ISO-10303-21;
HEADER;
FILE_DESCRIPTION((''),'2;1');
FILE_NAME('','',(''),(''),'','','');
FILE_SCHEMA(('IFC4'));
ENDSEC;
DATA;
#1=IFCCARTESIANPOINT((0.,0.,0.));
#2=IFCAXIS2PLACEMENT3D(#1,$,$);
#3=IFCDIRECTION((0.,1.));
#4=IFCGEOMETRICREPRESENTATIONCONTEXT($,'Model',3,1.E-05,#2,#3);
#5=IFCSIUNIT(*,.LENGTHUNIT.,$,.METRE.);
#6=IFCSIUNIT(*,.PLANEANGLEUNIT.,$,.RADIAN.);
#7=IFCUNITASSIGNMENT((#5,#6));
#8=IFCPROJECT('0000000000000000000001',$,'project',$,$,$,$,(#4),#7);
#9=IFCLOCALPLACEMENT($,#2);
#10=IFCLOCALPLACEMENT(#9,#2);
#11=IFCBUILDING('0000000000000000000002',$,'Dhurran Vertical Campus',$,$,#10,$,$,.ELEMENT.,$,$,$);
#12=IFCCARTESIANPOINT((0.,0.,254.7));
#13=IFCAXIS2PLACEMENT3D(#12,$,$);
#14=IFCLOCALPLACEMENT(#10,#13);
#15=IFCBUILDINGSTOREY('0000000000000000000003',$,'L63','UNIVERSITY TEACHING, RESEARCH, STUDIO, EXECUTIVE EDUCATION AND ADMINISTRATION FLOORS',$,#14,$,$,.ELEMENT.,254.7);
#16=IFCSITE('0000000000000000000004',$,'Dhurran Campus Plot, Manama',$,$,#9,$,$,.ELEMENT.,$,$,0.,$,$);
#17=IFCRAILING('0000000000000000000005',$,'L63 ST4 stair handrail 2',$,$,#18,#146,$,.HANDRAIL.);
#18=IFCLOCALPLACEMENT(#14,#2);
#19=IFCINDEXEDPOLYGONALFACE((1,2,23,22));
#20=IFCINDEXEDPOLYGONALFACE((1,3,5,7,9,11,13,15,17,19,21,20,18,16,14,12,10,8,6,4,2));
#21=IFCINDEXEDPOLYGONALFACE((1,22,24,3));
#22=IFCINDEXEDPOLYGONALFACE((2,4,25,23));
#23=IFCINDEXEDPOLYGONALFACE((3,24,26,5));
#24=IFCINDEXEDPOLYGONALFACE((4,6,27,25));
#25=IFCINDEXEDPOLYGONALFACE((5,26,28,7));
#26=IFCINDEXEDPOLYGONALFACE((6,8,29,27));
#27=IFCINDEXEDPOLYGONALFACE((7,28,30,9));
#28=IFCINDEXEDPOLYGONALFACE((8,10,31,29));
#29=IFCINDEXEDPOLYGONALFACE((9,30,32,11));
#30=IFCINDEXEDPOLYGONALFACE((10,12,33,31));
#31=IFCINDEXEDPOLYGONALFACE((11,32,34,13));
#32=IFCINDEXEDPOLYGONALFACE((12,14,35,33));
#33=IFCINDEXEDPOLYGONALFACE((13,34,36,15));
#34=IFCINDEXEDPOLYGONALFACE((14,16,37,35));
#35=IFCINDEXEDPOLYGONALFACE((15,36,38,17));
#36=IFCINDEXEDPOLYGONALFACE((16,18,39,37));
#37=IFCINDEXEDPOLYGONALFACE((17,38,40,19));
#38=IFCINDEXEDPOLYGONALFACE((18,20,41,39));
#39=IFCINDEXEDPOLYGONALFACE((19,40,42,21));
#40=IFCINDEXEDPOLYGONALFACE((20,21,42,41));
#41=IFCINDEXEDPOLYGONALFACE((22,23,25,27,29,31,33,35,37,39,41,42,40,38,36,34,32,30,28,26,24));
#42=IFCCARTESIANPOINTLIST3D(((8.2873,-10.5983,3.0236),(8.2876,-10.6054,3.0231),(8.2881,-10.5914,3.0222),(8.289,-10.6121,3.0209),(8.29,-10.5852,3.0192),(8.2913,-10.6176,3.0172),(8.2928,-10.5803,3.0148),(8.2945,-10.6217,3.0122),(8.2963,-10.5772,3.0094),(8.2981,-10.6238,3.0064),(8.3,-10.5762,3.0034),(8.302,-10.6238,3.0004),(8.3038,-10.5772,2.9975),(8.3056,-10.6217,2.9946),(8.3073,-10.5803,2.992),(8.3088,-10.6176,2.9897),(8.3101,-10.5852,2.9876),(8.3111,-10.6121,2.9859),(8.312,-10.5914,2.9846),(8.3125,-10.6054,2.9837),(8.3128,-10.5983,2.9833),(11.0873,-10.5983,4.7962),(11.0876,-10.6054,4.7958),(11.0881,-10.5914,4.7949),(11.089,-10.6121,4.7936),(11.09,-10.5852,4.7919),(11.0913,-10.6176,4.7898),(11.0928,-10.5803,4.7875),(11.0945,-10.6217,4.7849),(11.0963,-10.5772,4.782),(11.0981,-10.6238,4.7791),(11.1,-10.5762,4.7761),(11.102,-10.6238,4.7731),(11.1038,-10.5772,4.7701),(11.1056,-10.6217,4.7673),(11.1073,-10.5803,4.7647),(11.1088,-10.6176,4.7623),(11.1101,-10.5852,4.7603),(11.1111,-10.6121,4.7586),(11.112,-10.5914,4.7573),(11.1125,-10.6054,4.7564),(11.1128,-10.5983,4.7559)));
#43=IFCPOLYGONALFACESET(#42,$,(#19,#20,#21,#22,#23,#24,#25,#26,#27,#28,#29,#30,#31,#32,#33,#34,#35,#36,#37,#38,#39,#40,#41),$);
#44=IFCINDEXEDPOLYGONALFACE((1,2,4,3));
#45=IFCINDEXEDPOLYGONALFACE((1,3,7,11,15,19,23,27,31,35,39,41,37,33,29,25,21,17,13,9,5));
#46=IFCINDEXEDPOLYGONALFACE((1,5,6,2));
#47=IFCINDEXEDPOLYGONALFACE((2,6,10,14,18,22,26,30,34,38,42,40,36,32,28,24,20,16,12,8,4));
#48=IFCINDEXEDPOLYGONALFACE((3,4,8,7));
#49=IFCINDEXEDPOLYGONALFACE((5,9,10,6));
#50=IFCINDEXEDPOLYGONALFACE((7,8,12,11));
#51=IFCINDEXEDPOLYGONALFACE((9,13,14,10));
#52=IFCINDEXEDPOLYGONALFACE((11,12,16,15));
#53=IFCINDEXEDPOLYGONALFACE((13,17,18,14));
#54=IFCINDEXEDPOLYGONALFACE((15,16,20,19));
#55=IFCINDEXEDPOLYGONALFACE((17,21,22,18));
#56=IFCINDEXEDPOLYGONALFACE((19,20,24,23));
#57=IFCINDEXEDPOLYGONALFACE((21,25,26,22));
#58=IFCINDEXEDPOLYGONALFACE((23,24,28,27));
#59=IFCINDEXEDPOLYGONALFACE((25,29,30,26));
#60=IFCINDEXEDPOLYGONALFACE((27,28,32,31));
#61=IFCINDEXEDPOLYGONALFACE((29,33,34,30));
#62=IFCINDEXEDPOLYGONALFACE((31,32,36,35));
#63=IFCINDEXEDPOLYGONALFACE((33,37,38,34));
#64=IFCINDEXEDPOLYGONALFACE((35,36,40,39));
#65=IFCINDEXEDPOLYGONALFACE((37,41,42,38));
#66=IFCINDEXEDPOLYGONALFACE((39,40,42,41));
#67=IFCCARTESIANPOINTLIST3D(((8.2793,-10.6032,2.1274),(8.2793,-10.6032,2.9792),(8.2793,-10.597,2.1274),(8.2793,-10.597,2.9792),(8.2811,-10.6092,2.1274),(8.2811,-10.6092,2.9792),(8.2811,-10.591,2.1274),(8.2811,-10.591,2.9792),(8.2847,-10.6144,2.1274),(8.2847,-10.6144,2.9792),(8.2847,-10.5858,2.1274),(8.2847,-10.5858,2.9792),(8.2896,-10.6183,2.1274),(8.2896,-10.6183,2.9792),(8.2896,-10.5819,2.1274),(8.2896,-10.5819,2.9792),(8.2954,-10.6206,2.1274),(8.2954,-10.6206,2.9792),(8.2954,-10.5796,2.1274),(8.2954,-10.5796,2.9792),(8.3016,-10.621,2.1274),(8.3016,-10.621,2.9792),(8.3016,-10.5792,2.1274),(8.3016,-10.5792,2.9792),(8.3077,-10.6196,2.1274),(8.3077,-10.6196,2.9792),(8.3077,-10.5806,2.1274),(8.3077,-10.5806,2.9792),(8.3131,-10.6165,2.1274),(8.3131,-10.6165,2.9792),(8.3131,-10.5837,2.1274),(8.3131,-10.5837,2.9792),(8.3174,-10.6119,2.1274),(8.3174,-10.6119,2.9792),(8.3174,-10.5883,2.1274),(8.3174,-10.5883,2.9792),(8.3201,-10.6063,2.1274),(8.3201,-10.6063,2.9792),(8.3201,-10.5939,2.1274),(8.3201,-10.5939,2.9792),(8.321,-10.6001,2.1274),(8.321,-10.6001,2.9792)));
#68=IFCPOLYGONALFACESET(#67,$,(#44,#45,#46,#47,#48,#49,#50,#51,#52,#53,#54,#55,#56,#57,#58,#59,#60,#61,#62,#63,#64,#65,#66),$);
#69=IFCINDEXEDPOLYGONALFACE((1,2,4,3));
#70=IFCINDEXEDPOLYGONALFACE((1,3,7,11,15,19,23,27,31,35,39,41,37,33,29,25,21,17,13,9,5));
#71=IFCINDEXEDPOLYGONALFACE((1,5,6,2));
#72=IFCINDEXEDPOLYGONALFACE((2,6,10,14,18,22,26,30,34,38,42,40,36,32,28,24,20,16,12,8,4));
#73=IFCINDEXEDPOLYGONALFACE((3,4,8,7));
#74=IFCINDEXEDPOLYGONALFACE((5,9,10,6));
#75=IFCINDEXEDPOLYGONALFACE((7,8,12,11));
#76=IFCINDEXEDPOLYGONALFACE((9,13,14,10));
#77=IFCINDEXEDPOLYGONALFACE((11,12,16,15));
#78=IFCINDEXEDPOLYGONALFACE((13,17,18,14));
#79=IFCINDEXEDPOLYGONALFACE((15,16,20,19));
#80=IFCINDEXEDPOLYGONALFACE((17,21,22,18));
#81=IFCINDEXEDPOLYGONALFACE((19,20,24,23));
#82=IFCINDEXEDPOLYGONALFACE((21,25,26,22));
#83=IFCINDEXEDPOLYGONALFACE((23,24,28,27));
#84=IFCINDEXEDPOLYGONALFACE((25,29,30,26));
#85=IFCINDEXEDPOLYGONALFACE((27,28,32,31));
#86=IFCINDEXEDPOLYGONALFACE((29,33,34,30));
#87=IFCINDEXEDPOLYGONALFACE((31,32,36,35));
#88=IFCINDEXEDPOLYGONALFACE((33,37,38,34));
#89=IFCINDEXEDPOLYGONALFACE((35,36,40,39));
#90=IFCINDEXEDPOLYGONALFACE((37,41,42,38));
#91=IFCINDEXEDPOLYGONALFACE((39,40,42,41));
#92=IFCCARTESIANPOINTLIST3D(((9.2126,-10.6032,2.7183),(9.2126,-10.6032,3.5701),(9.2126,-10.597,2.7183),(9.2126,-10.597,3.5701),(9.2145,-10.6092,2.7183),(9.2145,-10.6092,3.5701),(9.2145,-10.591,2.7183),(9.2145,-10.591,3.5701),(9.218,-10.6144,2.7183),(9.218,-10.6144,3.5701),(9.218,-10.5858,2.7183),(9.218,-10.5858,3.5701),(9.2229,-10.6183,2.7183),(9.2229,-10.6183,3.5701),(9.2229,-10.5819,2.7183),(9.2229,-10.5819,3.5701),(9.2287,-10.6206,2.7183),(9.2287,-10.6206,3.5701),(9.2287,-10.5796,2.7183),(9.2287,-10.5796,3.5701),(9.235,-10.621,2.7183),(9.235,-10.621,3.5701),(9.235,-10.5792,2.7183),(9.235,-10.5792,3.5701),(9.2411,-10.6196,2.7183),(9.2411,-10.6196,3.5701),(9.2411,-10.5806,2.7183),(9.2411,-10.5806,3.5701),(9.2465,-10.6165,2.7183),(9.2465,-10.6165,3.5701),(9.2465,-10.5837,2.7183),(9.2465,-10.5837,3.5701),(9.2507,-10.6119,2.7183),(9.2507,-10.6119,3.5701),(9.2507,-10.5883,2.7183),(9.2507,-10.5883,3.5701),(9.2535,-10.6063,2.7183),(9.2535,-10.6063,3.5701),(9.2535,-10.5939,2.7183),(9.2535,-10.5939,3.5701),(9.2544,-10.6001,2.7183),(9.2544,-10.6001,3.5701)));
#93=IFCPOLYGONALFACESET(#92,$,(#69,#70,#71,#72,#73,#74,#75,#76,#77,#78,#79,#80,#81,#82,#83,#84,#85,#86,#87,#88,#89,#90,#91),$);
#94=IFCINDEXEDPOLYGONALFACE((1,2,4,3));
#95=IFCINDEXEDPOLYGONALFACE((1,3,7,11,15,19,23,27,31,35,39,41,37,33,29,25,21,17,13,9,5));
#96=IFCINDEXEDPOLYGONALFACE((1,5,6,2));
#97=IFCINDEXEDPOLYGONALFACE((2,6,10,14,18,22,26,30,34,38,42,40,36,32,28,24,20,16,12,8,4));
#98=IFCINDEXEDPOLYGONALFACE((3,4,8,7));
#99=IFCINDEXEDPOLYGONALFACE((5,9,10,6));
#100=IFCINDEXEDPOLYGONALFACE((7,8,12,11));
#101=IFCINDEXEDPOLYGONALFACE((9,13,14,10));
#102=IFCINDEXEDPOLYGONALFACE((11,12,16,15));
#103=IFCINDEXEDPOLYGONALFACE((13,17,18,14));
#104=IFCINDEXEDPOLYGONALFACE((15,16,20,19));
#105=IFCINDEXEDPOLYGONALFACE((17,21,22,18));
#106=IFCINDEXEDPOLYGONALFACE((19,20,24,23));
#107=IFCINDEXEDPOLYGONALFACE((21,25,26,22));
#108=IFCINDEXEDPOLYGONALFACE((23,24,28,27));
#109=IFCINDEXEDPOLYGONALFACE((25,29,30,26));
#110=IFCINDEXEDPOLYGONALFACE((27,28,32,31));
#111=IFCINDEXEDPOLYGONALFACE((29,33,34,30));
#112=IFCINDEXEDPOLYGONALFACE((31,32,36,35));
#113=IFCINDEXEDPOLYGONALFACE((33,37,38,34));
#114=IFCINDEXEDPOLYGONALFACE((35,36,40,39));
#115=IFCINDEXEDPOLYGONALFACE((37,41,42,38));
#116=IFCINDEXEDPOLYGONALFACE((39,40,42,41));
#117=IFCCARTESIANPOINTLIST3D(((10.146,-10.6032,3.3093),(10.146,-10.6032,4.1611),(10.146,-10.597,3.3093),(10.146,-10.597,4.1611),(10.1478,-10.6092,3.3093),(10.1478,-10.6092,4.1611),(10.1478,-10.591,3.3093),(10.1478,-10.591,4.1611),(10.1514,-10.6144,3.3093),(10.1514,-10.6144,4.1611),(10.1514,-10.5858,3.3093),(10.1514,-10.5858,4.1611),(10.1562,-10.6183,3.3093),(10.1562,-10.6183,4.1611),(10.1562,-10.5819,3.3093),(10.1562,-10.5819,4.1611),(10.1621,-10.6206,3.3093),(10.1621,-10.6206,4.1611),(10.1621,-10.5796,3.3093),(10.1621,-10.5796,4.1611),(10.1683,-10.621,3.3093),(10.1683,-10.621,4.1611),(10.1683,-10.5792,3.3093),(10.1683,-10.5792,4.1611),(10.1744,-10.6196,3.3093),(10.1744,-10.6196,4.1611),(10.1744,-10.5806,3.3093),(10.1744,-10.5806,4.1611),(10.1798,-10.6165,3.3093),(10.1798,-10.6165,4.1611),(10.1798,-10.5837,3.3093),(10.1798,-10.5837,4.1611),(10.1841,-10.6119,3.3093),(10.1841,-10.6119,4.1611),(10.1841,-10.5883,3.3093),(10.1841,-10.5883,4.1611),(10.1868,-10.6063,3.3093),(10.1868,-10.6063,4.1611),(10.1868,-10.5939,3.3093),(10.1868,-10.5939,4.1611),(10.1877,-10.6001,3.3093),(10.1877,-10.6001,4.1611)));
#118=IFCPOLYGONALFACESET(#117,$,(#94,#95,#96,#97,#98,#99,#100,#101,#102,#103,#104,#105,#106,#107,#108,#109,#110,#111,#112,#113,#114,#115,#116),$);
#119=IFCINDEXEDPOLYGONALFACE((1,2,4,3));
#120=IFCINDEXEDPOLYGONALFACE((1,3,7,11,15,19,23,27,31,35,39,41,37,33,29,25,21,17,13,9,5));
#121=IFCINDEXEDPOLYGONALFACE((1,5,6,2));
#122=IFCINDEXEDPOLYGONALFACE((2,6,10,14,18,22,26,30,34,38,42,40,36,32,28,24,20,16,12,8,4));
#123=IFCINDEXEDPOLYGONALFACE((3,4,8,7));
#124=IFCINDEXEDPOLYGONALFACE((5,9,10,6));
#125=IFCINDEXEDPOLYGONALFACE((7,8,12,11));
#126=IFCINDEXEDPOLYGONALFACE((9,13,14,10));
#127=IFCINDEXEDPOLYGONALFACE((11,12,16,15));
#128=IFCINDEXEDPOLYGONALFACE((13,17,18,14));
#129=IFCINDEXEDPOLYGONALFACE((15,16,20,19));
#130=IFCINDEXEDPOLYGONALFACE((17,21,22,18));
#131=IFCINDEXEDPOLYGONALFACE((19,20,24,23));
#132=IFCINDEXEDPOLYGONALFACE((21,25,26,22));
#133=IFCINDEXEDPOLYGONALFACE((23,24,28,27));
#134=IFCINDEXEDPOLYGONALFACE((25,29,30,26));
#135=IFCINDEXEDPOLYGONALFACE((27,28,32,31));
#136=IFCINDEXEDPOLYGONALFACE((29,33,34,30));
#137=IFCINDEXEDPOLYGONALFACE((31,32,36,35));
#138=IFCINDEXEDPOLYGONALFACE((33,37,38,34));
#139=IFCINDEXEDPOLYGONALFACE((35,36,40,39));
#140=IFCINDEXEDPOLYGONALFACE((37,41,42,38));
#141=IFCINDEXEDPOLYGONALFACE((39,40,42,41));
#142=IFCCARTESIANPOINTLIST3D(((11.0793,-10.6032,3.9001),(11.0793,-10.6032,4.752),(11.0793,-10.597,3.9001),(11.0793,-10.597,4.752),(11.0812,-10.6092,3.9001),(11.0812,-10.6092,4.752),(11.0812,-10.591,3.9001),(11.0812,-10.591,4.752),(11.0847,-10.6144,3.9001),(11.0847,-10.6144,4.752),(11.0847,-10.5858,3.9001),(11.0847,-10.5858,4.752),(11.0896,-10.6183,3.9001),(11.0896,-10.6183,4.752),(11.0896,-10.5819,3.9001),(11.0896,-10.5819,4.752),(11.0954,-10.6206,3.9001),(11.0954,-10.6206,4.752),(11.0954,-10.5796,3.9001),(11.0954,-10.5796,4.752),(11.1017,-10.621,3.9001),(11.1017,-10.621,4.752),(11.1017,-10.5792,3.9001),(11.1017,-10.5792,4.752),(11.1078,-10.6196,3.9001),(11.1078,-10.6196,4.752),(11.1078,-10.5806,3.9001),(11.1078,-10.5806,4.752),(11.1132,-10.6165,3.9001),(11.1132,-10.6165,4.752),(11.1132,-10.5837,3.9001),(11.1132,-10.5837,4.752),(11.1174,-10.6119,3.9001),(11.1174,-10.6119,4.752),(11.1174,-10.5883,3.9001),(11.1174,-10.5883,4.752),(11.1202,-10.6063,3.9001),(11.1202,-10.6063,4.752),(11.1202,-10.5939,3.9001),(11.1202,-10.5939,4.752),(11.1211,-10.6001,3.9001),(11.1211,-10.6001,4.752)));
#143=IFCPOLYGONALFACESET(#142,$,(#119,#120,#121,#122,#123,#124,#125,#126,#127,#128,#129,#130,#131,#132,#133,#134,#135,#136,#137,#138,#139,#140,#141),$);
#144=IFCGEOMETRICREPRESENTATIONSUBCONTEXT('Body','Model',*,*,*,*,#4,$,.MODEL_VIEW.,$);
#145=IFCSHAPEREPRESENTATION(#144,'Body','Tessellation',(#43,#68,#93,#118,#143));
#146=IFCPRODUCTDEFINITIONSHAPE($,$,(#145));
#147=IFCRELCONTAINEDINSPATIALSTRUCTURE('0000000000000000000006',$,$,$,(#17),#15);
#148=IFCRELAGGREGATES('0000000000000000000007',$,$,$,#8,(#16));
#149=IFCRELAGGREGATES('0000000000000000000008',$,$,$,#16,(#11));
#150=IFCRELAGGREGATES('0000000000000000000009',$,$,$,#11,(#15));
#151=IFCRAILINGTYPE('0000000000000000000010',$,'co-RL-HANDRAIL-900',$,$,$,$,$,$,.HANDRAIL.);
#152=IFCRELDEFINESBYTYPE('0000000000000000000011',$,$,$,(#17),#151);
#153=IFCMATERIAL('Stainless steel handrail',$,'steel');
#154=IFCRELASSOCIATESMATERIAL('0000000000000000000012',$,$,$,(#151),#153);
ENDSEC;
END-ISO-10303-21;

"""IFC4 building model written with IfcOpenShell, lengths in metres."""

from ifc_helpers import new_model, si_unit, direction, frame, origin, origin_2d, place, context, subcontext, project, spatial, circle, extrude, material, type_object, element, save


model = new_model("IFC4")

# Units and contexts
model_context = context("Model", 3, precision=1e-05, world=origin(), true_north=direction((0.0, 1.0)))
body_context = subcontext(model_context, "Body", "Model", "MODEL_VIEW")
ifc_project = project(units=[si_unit("LENGTHUNIT", "METRE"), si_unit("PLANEANGLEUNIT", "RADIAN")], contexts=[model_context])

# Site, building, storey
site_placement = place(None, origin())
site = spatial("IfcSite", under=ifc_project, at=site_placement, Name="Dhurran Campus Plot, Manama", CompositionType="ELEMENT", RefElevation=0.0)
building_placement = place(site_placement, origin())
building = spatial("IfcBuilding", under=site, at=building_placement, Name="Dhurran Vertical Campus", CompositionType="ELEMENT")
storey_placement = place(building_placement, frame((0.0, 0.0, 254.7)))
storey = spatial("IfcBuildingStorey", under=building, at=storey_placement, Name="L63", Description="UNIVERSITY TEACHING, RESEARCH, STUDIO, EXECUTIVE EDUCATION AND ADMINISTRATION FLOORS", CompositionType="ELEMENT", Elevation=254.7)

# Railing
ifc_material_1 = material(Name="Stainless steel handrail", Category="steel")
railing_type_1 = type_object("IfcRailingType", Name="co-RL-HANDRAIL-900", PredefinedType="HANDRAIL", material=ifc_material_1)
railing_1_placement = place(storey_placement, frame((8.3, -10.6001, 2.1274)))
element("IfcRailing", 1, at=railing_1_placement, inside=storey, type_object=railing_type_1, Name="L63 ST4 stair handrail 2", PredefinedType="HANDRAIL", context=body_context, shape_type="SweptSolid", body=[
    extrude(circle(Radius=0.0239, at=origin_2d()), frame((0.0, 0.0, 0.876), z_axis=(0.844909, 0.0, 0.53491), x_axis=(0.0, 1.0, 0.0)), (0.0, 0.0, 1.0), 3.314),
    extrude(circle(Radius=0.021, at=origin_2d()), origin(), (0.0, 0.0, 1.0), 0.8518),
    extrude(circle(Radius=0.021, at=origin_2d()), frame((0.9333, 0.0, 0.5908)), (0.0, 0.0, 1.0), 0.8518),
    extrude(circle(Radius=0.021, at=origin_2d()), frame((1.8667, 0.0, 1.1819)), (0.0, 0.0, 1.0), 0.8518),
    extrude(circle(Radius=0.021, at=origin_2d()), frame((2.8, 0.0, 1.7727)), (0.0, 0.0, 1.0), 0.8518),
])

save(model, "model.ifc")
